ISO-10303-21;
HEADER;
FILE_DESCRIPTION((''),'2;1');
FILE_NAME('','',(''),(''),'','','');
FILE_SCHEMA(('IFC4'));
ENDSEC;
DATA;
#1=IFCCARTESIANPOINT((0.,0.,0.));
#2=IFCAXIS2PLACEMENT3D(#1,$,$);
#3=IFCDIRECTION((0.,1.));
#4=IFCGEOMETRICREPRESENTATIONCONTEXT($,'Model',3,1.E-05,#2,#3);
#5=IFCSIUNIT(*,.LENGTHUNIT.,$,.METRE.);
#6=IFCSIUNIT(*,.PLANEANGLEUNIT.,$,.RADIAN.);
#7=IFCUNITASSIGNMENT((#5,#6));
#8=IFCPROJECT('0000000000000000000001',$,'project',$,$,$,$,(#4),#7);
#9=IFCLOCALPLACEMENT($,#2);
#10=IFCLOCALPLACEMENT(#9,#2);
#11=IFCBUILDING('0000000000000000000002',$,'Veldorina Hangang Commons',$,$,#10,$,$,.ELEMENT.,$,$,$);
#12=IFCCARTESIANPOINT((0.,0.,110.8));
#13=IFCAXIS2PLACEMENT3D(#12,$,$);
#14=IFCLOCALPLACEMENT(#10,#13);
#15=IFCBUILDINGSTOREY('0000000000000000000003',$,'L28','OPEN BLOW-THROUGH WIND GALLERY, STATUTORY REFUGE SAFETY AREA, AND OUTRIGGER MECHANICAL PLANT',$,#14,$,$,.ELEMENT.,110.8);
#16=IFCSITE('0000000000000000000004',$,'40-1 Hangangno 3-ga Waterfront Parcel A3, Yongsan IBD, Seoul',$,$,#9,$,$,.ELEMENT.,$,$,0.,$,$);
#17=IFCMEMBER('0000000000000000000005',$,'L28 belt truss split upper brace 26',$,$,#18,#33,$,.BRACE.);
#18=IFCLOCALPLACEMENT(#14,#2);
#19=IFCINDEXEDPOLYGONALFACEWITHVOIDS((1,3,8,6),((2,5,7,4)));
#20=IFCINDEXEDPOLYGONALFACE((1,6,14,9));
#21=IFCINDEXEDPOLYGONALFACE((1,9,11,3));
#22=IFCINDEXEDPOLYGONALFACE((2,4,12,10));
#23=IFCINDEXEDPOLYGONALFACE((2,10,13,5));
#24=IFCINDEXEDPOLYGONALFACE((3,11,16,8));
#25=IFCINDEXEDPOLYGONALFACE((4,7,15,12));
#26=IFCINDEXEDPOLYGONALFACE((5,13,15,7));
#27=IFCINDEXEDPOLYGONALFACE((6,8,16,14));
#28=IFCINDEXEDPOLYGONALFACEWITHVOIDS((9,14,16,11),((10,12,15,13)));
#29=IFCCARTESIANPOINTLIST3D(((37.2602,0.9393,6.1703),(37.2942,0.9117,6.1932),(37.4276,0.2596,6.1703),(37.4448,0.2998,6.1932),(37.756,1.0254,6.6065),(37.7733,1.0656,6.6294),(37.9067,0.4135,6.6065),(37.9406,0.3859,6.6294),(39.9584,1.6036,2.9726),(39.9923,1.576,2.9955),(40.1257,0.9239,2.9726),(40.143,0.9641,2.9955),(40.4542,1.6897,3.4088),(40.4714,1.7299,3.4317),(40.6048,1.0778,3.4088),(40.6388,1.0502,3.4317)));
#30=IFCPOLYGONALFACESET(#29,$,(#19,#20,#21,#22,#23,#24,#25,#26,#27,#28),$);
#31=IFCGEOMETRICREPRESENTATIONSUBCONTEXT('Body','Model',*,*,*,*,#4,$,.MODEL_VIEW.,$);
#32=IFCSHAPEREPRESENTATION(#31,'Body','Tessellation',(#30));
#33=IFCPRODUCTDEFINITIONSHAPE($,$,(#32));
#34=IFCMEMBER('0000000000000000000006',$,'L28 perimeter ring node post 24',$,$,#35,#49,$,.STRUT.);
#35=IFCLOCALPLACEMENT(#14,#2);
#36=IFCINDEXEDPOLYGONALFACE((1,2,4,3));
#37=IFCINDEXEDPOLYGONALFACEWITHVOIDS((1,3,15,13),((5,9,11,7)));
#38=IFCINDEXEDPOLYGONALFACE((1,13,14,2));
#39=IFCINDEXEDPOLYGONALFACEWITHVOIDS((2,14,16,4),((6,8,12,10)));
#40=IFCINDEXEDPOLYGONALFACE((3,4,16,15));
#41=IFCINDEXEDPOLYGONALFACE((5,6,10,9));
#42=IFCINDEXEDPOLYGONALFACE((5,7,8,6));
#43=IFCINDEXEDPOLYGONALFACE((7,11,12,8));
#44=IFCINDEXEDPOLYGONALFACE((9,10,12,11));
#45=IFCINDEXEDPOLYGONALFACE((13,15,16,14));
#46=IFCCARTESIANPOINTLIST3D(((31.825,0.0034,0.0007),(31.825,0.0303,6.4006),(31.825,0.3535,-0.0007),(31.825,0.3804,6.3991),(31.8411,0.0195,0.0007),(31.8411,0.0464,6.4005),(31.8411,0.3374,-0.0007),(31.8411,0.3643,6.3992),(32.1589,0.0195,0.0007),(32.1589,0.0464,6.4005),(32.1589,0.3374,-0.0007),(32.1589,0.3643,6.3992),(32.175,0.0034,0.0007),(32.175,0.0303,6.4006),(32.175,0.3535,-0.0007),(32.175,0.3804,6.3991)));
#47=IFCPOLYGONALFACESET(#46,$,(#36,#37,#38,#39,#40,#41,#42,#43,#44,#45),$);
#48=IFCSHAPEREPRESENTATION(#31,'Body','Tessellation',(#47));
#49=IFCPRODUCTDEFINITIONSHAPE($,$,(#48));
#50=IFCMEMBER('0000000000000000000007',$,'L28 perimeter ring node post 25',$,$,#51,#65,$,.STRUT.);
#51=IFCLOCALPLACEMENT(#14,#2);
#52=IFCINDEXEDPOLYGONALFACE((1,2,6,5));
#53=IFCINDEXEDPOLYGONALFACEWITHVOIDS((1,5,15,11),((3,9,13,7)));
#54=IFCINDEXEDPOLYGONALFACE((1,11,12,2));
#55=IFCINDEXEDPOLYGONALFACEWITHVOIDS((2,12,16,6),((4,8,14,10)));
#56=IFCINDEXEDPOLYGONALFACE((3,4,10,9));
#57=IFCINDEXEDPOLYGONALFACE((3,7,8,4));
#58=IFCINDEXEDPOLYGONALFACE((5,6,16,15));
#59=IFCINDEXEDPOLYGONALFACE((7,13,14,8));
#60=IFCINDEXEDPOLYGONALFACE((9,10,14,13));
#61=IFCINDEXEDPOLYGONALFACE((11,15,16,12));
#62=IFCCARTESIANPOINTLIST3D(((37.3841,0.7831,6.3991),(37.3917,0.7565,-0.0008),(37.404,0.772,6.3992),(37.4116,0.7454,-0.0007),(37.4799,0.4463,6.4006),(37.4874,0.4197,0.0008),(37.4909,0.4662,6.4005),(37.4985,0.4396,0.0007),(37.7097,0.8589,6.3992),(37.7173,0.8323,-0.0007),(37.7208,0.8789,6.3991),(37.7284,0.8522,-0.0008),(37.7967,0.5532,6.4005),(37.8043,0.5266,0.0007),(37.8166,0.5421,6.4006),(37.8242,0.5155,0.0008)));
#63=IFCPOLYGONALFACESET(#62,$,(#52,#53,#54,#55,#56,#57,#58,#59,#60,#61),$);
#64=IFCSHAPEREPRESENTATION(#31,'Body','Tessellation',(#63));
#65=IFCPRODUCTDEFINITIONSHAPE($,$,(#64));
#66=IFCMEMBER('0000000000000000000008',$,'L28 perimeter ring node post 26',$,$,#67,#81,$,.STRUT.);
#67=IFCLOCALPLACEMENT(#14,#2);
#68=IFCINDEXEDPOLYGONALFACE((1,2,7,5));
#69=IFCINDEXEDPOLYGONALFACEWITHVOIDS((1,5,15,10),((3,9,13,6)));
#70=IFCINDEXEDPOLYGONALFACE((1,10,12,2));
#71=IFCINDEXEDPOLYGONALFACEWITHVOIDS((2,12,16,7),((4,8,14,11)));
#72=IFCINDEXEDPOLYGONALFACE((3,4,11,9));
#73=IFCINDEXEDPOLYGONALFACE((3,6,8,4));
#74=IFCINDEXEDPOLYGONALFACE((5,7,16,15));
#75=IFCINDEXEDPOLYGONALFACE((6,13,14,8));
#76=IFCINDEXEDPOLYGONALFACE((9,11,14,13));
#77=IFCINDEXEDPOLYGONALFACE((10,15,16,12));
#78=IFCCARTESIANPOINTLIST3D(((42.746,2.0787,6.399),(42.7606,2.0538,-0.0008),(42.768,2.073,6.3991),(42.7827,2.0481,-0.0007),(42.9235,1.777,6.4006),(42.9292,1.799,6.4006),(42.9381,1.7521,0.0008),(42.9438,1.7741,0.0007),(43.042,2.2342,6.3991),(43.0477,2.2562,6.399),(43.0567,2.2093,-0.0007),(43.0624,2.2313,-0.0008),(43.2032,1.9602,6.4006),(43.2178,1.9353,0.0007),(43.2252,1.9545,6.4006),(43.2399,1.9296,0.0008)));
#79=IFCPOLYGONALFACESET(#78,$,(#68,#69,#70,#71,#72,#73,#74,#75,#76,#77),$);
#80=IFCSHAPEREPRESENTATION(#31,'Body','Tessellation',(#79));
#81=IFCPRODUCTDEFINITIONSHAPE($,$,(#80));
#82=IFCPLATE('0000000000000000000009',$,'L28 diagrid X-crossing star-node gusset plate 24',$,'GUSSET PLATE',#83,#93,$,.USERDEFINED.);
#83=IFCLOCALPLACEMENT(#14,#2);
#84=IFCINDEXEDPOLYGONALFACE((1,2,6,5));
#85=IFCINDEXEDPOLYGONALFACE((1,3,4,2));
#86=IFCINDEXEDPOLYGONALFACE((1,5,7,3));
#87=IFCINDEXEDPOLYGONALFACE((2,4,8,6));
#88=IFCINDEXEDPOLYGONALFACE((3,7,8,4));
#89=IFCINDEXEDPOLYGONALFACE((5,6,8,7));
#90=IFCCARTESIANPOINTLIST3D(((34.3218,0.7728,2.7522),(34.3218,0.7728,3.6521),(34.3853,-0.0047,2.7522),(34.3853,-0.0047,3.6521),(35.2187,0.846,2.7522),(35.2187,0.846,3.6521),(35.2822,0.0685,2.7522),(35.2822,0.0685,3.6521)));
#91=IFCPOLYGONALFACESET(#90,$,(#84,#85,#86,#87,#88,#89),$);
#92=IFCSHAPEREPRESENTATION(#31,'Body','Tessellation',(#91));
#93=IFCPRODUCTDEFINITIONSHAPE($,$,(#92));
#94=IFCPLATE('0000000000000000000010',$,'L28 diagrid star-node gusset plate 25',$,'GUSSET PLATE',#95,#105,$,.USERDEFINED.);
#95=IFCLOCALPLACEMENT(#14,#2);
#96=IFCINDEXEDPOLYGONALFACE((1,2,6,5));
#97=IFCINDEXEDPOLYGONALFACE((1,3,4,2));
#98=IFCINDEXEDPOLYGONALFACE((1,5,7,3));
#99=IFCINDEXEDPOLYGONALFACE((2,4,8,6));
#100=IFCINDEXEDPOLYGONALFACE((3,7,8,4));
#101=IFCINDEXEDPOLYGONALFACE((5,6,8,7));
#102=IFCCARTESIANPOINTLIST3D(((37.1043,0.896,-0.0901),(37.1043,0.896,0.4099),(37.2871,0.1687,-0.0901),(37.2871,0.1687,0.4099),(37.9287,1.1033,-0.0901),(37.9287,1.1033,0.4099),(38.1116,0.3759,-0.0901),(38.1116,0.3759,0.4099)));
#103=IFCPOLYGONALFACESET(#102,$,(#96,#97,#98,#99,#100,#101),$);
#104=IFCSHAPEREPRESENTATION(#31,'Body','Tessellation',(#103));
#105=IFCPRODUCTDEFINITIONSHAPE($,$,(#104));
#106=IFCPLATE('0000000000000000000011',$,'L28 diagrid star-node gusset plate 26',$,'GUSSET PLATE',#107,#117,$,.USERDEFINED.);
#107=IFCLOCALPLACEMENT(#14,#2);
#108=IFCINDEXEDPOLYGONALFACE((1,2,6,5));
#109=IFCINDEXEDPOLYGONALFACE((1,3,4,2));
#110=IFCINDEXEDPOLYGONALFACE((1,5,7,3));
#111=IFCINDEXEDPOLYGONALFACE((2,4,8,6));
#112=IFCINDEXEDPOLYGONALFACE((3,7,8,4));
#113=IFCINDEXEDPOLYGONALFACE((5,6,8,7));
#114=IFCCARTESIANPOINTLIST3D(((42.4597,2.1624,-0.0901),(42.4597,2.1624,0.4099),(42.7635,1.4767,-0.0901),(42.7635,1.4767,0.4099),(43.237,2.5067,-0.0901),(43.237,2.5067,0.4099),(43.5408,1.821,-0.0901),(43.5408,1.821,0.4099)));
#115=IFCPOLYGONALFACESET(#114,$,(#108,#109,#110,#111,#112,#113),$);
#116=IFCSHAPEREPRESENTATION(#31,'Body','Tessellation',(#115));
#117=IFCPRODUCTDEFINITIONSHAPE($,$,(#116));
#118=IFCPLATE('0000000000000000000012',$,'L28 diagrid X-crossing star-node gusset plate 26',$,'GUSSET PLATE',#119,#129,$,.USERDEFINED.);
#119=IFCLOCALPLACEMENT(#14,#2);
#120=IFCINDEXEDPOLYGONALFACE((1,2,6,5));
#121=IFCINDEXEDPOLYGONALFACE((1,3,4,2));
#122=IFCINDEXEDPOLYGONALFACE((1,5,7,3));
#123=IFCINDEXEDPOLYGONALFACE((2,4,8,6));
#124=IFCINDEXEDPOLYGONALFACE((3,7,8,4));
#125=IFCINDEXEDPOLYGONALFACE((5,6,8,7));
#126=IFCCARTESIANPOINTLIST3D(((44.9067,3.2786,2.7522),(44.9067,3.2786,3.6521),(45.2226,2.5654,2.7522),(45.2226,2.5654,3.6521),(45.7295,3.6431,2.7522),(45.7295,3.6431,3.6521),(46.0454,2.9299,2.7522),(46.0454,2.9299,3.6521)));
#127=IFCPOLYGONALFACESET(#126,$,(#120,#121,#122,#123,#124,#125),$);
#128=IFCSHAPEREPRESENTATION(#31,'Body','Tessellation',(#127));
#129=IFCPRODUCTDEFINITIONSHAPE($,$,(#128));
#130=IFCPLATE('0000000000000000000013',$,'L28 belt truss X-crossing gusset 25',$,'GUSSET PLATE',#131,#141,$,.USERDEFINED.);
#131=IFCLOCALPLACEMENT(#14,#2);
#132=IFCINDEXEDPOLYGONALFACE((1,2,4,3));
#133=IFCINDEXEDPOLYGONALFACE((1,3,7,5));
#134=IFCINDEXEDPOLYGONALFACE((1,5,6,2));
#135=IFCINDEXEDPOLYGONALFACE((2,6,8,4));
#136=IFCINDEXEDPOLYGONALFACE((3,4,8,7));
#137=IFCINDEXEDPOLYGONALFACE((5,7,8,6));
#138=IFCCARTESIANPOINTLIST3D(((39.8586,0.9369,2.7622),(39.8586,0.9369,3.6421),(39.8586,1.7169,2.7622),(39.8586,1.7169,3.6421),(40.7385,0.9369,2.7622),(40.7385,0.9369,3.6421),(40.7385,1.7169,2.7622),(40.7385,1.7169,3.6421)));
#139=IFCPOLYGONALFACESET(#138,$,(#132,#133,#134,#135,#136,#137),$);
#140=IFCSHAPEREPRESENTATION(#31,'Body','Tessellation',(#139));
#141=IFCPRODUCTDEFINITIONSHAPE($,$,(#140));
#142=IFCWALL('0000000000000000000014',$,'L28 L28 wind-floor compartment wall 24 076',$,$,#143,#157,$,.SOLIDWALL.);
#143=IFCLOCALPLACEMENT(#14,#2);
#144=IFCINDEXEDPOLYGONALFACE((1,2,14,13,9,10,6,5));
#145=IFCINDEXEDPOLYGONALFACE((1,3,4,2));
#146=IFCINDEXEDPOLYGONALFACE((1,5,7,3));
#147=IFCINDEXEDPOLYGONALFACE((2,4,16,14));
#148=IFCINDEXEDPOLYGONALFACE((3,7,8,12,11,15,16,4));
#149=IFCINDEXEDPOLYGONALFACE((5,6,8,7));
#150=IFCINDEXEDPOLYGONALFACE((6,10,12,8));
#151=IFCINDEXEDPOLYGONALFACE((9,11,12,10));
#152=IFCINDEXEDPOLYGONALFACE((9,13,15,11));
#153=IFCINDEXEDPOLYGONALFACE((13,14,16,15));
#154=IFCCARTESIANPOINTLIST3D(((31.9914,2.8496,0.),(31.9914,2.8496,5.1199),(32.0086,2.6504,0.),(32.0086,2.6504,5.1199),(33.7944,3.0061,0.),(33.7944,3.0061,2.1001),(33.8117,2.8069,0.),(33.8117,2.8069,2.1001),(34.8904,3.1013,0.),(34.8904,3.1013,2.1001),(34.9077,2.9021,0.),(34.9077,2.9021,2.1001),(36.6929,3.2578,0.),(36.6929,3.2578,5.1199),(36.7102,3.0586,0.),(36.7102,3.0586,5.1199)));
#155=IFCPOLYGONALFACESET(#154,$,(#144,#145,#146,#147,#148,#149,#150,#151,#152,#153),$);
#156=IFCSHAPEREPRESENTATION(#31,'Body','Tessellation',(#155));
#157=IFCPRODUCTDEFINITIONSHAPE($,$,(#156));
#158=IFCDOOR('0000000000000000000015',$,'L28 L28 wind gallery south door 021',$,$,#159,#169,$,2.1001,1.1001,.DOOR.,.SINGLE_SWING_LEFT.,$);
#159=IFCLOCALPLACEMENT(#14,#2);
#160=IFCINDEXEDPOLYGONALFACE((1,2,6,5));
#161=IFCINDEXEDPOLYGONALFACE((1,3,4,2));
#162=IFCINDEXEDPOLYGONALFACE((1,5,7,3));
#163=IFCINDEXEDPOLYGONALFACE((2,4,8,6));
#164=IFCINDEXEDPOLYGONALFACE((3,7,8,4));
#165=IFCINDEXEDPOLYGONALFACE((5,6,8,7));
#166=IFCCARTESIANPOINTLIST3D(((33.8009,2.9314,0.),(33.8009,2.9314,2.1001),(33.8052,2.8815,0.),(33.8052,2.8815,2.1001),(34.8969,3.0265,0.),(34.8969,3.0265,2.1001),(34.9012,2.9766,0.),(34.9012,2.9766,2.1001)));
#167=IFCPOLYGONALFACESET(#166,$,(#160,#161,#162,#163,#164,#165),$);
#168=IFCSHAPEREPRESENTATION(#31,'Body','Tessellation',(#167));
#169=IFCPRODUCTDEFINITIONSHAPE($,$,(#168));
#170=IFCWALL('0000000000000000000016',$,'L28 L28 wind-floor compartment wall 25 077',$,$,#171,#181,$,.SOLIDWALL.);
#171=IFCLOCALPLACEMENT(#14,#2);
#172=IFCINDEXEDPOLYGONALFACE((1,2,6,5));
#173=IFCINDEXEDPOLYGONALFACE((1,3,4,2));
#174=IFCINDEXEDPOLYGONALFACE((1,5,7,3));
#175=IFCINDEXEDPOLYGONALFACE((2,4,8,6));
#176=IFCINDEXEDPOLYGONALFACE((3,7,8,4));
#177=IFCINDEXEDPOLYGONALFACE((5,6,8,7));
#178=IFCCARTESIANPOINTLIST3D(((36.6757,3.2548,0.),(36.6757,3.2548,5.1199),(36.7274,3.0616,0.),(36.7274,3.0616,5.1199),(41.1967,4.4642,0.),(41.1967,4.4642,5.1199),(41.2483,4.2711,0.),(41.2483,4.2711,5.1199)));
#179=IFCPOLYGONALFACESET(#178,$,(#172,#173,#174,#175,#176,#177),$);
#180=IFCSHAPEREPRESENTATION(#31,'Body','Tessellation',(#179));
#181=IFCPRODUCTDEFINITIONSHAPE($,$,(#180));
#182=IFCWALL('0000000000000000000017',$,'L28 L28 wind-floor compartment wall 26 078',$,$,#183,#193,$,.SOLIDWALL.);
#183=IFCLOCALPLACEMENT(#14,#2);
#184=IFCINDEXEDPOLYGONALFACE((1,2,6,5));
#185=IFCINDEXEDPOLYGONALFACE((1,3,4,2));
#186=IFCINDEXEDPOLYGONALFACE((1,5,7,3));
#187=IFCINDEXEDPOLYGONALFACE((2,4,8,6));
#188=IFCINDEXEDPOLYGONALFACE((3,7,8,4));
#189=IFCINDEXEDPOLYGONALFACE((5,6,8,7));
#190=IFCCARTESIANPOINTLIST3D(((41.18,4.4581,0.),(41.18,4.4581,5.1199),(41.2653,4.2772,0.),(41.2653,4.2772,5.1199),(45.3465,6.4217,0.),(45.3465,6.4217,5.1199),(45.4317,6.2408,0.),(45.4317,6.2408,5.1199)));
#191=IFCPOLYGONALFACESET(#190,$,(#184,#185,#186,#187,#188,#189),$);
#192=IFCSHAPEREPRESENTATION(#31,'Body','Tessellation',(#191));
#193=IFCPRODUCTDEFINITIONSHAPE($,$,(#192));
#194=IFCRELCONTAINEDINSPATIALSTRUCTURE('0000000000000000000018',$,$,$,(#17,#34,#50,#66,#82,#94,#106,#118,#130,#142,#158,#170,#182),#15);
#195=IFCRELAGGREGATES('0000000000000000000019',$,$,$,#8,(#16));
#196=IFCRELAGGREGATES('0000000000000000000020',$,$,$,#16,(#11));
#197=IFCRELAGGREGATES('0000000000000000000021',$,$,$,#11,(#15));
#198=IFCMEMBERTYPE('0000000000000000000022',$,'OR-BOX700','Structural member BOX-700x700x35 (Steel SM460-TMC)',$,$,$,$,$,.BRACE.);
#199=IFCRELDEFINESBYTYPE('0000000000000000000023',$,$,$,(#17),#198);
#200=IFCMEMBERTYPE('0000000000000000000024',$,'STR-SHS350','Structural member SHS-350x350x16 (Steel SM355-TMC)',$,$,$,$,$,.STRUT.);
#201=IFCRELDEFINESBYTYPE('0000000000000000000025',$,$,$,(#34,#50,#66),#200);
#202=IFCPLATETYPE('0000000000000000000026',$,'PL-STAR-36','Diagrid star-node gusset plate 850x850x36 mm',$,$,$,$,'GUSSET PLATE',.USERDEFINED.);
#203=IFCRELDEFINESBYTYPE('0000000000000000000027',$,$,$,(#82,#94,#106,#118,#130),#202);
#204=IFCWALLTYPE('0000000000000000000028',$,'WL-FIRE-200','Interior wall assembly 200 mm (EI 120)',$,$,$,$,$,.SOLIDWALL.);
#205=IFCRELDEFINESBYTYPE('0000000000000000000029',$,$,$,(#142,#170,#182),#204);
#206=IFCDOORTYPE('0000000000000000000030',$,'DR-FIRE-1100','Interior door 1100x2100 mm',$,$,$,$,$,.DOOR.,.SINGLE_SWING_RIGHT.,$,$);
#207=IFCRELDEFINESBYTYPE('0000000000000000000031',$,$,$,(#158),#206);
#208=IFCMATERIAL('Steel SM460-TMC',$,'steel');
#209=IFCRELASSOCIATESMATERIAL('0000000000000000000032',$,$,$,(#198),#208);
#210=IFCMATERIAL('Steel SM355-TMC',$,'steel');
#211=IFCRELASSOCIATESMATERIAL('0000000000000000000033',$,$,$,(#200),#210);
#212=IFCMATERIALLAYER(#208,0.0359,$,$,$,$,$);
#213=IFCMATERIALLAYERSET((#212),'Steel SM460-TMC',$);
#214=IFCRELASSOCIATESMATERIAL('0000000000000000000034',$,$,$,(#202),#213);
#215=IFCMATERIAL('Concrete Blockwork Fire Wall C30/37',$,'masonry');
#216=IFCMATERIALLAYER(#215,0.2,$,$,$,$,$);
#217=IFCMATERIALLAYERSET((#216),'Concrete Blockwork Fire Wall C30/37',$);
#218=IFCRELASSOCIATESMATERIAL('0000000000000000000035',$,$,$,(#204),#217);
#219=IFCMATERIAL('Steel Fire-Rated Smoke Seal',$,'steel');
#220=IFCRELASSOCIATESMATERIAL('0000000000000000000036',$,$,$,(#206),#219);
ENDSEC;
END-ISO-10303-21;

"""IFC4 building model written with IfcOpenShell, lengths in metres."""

from ifc_helpers import new_model, si_unit, direction, frame, frame_2d, origin, origin_2d, place, context, subcontext, project, spatial, rectangle, hollow_rectangle, extrude, material, layer, layer_set, material_profile, profile_set, type_object, element, fill, save


model = new_model("IFC4")

# Units and contexts
model_context = context("Model", 3, precision=1e-05, world=origin(), true_north=direction((0.0, 1.0)))
body_context = subcontext(model_context, "Body", "Model", "MODEL_VIEW")
ifc_project = project(units=[si_unit("LENGTHUNIT", "METRE"), si_unit("PLANEANGLEUNIT", "RADIAN")], contexts=[model_context])

# Site, building, storey
site_placement = place(None, origin())
site = spatial("IfcSite", under=ifc_project, at=site_placement, Name="40-1 Hangangno 3-ga Waterfront Parcel A3, Yongsan IBD, Seoul", CompositionType="ELEMENT", RefElevation=0.0)
building_placement = place(site_placement, origin())
building = spatial("IfcBuilding", under=site, at=building_placement, Name="Veldorina Hangang Commons", CompositionType="ELEMENT")
storey_placement = place(building_placement, frame((0.0, 0.0, 110.8)))
storey = spatial("IfcBuildingStorey", under=building, at=storey_placement, Name="L28", Description="OPEN BLOW-THROUGH WIND GALLERY, STATUTORY REFUGE SAFETY AREA, AND OUTRIGGER MECHANICAL PLANT", CompositionType="ELEMENT", Elevation=110.8)

# Shared definitions
ifc_material_1 = material(Name="Steel SM460-TMC", Category="steel")
ifc_material_2 = material(Name="Steel SM355-TMC", Category="steel")

# Members
ifc_material_profile_1 = material_profile(ifc_material_1, hollow_rectangle(XDim=0.7, YDim=0.7, WallThickness=0.0349, at=origin_2d()), Name="BOX-700x700x35")
ifc_profile_set_1 = profile_set([ifc_material_profile_1], Name="Steel SM460-TMC")
member_type_1 = type_object("IfcMemberType", Name="OR-BOX700", Description="Structural member BOX-700x700x35 (Steel SM460-TMC)", PredefinedType="BRACE", material=ifc_profile_set_1)
member_1_placement = place(storey_placement, frame((40.2986, 1.3269, 3.2021), z_axis=(-0.636912, -0.156808, 0.754821), x_axis=(0.239061, -0.971005, 0.0)))
element("IfcMember", 1, at=member_1_placement, inside=storey, type_object=member_type_1, Name="L28 belt truss split upper brace 26", PredefinedType="BRACE", context=body_context, shape_type="SweptSolid", body=[
    extrude(hollow_rectangle(XDim=0.7, YDim=0.7, WallThickness=0.0349, at=origin_2d()), origin(), (0.0, 0.0, 1.0), 4.2363),
])
ifc_material_profile_2 = material_profile(ifc_material_2, hollow_rectangle(XDim=0.3501, YDim=0.3501, WallThickness=0.0161, at=origin_2d()), Name="SHS-350x350x16")
ifc_profile_set_2 = profile_set([ifc_material_profile_2], Name="Steel SM355-TMC")
member_type_2 = type_object("IfcMemberType", Name="STR-SHS350", Description="Structural member SHS-350x350x16 (Steel SM355-TMC)", PredefinedType="STRUT", material=ifc_profile_set_2)
for number, where, z_axis, x_axis, name in (
    (2, (32.0, 0.1785, 0.0), (0.0, 0.004196, 0.999991), (-1.0, 0.0, 0.0), "L28 perimeter ring node post 24"),
    (3, (37.6079, 0.636, 0.0), (-0.001183, 0.004158, 0.999991), (-0.961856, -0.273555, 0.0), "L28 perimeter ring node post 25"),
    (4, (43.0002, 1.9917, 0.0), (-0.002289, 0.003891, 0.99999), (-0.861934, -0.50702, 0.0), "L28 perimeter ring node post 26"),
):
    element("IfcMember", number, at=place(storey_placement, frame(where, z_axis=z_axis, x_axis=x_axis)), inside=storey, type_object=member_type_2, Name=name, PredefinedType="STRUT", context=body_context, shape_type="SweptSolid", body=[
        extrude(hollow_rectangle(XDim=0.3501, YDim=0.3501, WallThickness=0.0161, at=origin_2d()), origin(), (0.0, 0.0, 1.0), 6.3999),
    ])

# Plates
ifc_layer_1 = layer(ifc_material_1, 0.0359)
ifc_layer_set_1 = layer_set([ifc_layer_1], Name="Steel SM460-TMC")
plate_type = type_object("IfcPlateType", Name="PL-STAR-36", Description="Diagrid star-node gusset plate 850x850x36 mm", ElementType="GUSSET PLATE", PredefinedType="USERDEFINED", material=ifc_layer_set_1)
plate_1_placement = place(storey_placement, frame((34.802, 0.4207, 2.7522), z_axis=(0.0, 0.0, 1.0), x_axis=(0.996686, 0.081347, 0.0)))
element("IfcPlate", 5, at=plate_1_placement, inside=storey, type_object=plate_type, Name="L28 diagrid X-crossing star-node gusset plate 24", ObjectType="GUSSET PLATE", PredefinedType="USERDEFINED", context=body_context, shape_type="SweptSolid", body=[
    extrude(rectangle(XDim=0.8999, YDim=0.78, at=origin_2d()), origin(), (0.0, 0.0, 1.0), 0.8999),
])
for number, where, z_axis, x_axis, name in (
    (6, (37.6079, 0.636, -0.0901), (0.0, 0.0, 1.0), (0.969825, 0.243801, 0.0), "L28 diagrid star-node gusset plate 25"),
    (7, (43.0002, 1.9917, -0.0901), (0.0, 0.0, 1.0), (0.914311, 0.405014, 0.0), "L28 diagrid star-node gusset plate 26"),
):
    element("IfcPlate", number, at=place(storey_placement, frame(where, z_axis=z_axis, x_axis=x_axis)), inside=storey, type_object=plate_type, Name=name, ObjectType="GUSSET PLATE", PredefinedType="USERDEFINED", context=body_context, shape_type="SweptSolid", body=[
        extrude(rectangle(XDim=0.8501, YDim=0.75, at=origin_2d()), origin(), (0.0, 0.0, 1.0), 0.5),
    ])
plate_2_placement = place(storey_placement, frame((45.4761, 3.1042, 2.7522), z_axis=(0.0, 0.0, 1.0), x_axis=(0.914311, 0.405014, 0.0)))
element("IfcPlate", 8, at=plate_2_placement, inside=storey, type_object=plate_type, Name="L28 diagrid X-crossing star-node gusset plate 26", ObjectType="GUSSET PLATE", PredefinedType="USERDEFINED", context=body_context, shape_type="SweptSolid", body=[
    extrude(rectangle(XDim=0.8999, YDim=0.78, at=origin_2d()), origin(), (0.0, 0.0, 1.0), 0.8999),
])
plate_3_placement = place(storey_placement, frame((40.2986, 1.3269, 2.7622), z_axis=(0.0, 0.0, 1.0), x_axis=(1.0, 0.0, 0.0)))
element("IfcPlate", 9, at=plate_3_placement, inside=storey, type_object=plate_type, Name="L28 belt truss X-crossing gusset 25", ObjectType="GUSSET PLATE", PredefinedType="USERDEFINED", context=body_context, shape_type="SweptSolid", body=[
    extrude(rectangle(XDim=0.8799, YDim=0.78, at=origin_2d()), origin(), (0.0, 0.0, 1.0), 0.8799),
])

# Wall, opening, door
ifc_material_3 = material(Name="Concrete Blockwork Fire Wall C30/37", Category="masonry")
ifc_layer_2 = layer(ifc_material_3, 0.2)
ifc_layer_set_2 = layer_set([ifc_layer_2], Name="Concrete Blockwork Fire Wall C30/37")
wall_type = type_object("IfcWallType", Name="WL-FIRE-200", Description="Interior wall assembly 200 mm (EI 120)", PredefinedType="SOLIDWALL", material=ifc_layer_set_2)
wall_1_placement = place(storey_placement, frame((32.0, 2.75, 0.0), z_axis=(0.0, 0.0, 1.0), x_axis=(0.996252, 0.086496, 0.0)))
wall_1 = element("IfcWall", 10, at=wall_1_placement, inside=storey, type_object=wall_type, Name="L28 L28 wind-floor compartment wall 24 076", PredefinedType="SOLIDWALL", context=body_context, shape_type="SweptSolid", body=[
    extrude(rectangle(XDim=4.7192, YDim=0.2, at=frame_2d((2.3596, 0.0))), origin(), (0.0, 0.0, 1.0), 5.1199),
])
opening_placement = place(wall_1_placement, frame((1.8098, 0.0, 0.0)))
opening = element("IfcOpeningElement", 11, at=opening_placement, cuts=wall_1, PredefinedType="OPENING", context=body_context, shape_type="SweptSolid", body=[
    extrude(rectangle(XDim=1.1001, YDim=2.1001, at=frame_2d((0.55, 1.05))), frame((0.0, 0.1099, 0.0), z_axis=(0.0, -1.0, 0.0), x_axis=(1.0, 0.0, 0.0)), (0.0, 0.0, 1.0), 0.22),
])
ifc_material_4 = material(Name="Steel Fire-Rated Smoke Seal", Category="steel")
door_type = type_object("IfcDoorType", Name="DR-FIRE-1100", Description="Interior door 1100x2100 mm", OperationType="SINGLE_SWING_RIGHT", PredefinedType="DOOR", material=ifc_material_4)
door_placement = place(opening_placement, origin())
door = element("IfcDoor", 12, at=door_placement, inside=storey, type_object=door_type, Name="L28 L28 wind gallery south door 021", OperationType="SINGLE_SWING_LEFT", OverallHeight=2.1001, OverallWidth=1.1001, PredefinedType="DOOR", context=body_context, shape_type="SweptSolid", body=[
    extrude(rectangle(XDim=1.1001, YDim=2.1001, at=frame_2d((0.55, 1.05))), frame((0.0, 0.0249, 0.0), z_axis=(0.0, -1.0, 0.0), x_axis=(1.0, 0.0, 0.0)), (0.0, 0.0, 1.0), 0.05),
])
fill(opening, door)

# Walls
wall_2_placement = place(storey_placement, frame((36.7017, 3.1582, 0.0), z_axis=(0.0, 0.0, 1.0), x_axis=(0.966029, 0.258435, 0.0)))
element("IfcWall", 13, at=wall_2_placement, inside=storey, type_object=wall_type, Name="L28 L28 wind-floor compartment wall 25 077", PredefinedType="SOLIDWALL", context=body_context, shape_type="SweptSolid", body=[
    extrude(rectangle(XDim=4.6799, YDim=0.2, at=frame_2d((2.3398, 0.0))), origin(), (0.0, 0.0, 1.0), 5.1199),
])
wall_3_placement = place(storey_placement, frame((41.2227, 4.3677, 0.0), z_axis=(0.0, 0.0, 1.0), x_axis=(0.904575, 0.426315, 0.0)))
element("IfcWall", 14, at=wall_3_placement, inside=storey, type_object=wall_type, Name="L28 L28 wind-floor compartment wall 26 078", PredefinedType="SOLIDWALL", context=body_context, shape_type="SweptSolid", body=[
    extrude(rectangle(XDim=4.606, YDim=0.2, at=frame_2d((2.303, 0.0))), origin(), (0.0, 0.0, 1.0), 5.1199),
])

save(model, "model.ifc")
